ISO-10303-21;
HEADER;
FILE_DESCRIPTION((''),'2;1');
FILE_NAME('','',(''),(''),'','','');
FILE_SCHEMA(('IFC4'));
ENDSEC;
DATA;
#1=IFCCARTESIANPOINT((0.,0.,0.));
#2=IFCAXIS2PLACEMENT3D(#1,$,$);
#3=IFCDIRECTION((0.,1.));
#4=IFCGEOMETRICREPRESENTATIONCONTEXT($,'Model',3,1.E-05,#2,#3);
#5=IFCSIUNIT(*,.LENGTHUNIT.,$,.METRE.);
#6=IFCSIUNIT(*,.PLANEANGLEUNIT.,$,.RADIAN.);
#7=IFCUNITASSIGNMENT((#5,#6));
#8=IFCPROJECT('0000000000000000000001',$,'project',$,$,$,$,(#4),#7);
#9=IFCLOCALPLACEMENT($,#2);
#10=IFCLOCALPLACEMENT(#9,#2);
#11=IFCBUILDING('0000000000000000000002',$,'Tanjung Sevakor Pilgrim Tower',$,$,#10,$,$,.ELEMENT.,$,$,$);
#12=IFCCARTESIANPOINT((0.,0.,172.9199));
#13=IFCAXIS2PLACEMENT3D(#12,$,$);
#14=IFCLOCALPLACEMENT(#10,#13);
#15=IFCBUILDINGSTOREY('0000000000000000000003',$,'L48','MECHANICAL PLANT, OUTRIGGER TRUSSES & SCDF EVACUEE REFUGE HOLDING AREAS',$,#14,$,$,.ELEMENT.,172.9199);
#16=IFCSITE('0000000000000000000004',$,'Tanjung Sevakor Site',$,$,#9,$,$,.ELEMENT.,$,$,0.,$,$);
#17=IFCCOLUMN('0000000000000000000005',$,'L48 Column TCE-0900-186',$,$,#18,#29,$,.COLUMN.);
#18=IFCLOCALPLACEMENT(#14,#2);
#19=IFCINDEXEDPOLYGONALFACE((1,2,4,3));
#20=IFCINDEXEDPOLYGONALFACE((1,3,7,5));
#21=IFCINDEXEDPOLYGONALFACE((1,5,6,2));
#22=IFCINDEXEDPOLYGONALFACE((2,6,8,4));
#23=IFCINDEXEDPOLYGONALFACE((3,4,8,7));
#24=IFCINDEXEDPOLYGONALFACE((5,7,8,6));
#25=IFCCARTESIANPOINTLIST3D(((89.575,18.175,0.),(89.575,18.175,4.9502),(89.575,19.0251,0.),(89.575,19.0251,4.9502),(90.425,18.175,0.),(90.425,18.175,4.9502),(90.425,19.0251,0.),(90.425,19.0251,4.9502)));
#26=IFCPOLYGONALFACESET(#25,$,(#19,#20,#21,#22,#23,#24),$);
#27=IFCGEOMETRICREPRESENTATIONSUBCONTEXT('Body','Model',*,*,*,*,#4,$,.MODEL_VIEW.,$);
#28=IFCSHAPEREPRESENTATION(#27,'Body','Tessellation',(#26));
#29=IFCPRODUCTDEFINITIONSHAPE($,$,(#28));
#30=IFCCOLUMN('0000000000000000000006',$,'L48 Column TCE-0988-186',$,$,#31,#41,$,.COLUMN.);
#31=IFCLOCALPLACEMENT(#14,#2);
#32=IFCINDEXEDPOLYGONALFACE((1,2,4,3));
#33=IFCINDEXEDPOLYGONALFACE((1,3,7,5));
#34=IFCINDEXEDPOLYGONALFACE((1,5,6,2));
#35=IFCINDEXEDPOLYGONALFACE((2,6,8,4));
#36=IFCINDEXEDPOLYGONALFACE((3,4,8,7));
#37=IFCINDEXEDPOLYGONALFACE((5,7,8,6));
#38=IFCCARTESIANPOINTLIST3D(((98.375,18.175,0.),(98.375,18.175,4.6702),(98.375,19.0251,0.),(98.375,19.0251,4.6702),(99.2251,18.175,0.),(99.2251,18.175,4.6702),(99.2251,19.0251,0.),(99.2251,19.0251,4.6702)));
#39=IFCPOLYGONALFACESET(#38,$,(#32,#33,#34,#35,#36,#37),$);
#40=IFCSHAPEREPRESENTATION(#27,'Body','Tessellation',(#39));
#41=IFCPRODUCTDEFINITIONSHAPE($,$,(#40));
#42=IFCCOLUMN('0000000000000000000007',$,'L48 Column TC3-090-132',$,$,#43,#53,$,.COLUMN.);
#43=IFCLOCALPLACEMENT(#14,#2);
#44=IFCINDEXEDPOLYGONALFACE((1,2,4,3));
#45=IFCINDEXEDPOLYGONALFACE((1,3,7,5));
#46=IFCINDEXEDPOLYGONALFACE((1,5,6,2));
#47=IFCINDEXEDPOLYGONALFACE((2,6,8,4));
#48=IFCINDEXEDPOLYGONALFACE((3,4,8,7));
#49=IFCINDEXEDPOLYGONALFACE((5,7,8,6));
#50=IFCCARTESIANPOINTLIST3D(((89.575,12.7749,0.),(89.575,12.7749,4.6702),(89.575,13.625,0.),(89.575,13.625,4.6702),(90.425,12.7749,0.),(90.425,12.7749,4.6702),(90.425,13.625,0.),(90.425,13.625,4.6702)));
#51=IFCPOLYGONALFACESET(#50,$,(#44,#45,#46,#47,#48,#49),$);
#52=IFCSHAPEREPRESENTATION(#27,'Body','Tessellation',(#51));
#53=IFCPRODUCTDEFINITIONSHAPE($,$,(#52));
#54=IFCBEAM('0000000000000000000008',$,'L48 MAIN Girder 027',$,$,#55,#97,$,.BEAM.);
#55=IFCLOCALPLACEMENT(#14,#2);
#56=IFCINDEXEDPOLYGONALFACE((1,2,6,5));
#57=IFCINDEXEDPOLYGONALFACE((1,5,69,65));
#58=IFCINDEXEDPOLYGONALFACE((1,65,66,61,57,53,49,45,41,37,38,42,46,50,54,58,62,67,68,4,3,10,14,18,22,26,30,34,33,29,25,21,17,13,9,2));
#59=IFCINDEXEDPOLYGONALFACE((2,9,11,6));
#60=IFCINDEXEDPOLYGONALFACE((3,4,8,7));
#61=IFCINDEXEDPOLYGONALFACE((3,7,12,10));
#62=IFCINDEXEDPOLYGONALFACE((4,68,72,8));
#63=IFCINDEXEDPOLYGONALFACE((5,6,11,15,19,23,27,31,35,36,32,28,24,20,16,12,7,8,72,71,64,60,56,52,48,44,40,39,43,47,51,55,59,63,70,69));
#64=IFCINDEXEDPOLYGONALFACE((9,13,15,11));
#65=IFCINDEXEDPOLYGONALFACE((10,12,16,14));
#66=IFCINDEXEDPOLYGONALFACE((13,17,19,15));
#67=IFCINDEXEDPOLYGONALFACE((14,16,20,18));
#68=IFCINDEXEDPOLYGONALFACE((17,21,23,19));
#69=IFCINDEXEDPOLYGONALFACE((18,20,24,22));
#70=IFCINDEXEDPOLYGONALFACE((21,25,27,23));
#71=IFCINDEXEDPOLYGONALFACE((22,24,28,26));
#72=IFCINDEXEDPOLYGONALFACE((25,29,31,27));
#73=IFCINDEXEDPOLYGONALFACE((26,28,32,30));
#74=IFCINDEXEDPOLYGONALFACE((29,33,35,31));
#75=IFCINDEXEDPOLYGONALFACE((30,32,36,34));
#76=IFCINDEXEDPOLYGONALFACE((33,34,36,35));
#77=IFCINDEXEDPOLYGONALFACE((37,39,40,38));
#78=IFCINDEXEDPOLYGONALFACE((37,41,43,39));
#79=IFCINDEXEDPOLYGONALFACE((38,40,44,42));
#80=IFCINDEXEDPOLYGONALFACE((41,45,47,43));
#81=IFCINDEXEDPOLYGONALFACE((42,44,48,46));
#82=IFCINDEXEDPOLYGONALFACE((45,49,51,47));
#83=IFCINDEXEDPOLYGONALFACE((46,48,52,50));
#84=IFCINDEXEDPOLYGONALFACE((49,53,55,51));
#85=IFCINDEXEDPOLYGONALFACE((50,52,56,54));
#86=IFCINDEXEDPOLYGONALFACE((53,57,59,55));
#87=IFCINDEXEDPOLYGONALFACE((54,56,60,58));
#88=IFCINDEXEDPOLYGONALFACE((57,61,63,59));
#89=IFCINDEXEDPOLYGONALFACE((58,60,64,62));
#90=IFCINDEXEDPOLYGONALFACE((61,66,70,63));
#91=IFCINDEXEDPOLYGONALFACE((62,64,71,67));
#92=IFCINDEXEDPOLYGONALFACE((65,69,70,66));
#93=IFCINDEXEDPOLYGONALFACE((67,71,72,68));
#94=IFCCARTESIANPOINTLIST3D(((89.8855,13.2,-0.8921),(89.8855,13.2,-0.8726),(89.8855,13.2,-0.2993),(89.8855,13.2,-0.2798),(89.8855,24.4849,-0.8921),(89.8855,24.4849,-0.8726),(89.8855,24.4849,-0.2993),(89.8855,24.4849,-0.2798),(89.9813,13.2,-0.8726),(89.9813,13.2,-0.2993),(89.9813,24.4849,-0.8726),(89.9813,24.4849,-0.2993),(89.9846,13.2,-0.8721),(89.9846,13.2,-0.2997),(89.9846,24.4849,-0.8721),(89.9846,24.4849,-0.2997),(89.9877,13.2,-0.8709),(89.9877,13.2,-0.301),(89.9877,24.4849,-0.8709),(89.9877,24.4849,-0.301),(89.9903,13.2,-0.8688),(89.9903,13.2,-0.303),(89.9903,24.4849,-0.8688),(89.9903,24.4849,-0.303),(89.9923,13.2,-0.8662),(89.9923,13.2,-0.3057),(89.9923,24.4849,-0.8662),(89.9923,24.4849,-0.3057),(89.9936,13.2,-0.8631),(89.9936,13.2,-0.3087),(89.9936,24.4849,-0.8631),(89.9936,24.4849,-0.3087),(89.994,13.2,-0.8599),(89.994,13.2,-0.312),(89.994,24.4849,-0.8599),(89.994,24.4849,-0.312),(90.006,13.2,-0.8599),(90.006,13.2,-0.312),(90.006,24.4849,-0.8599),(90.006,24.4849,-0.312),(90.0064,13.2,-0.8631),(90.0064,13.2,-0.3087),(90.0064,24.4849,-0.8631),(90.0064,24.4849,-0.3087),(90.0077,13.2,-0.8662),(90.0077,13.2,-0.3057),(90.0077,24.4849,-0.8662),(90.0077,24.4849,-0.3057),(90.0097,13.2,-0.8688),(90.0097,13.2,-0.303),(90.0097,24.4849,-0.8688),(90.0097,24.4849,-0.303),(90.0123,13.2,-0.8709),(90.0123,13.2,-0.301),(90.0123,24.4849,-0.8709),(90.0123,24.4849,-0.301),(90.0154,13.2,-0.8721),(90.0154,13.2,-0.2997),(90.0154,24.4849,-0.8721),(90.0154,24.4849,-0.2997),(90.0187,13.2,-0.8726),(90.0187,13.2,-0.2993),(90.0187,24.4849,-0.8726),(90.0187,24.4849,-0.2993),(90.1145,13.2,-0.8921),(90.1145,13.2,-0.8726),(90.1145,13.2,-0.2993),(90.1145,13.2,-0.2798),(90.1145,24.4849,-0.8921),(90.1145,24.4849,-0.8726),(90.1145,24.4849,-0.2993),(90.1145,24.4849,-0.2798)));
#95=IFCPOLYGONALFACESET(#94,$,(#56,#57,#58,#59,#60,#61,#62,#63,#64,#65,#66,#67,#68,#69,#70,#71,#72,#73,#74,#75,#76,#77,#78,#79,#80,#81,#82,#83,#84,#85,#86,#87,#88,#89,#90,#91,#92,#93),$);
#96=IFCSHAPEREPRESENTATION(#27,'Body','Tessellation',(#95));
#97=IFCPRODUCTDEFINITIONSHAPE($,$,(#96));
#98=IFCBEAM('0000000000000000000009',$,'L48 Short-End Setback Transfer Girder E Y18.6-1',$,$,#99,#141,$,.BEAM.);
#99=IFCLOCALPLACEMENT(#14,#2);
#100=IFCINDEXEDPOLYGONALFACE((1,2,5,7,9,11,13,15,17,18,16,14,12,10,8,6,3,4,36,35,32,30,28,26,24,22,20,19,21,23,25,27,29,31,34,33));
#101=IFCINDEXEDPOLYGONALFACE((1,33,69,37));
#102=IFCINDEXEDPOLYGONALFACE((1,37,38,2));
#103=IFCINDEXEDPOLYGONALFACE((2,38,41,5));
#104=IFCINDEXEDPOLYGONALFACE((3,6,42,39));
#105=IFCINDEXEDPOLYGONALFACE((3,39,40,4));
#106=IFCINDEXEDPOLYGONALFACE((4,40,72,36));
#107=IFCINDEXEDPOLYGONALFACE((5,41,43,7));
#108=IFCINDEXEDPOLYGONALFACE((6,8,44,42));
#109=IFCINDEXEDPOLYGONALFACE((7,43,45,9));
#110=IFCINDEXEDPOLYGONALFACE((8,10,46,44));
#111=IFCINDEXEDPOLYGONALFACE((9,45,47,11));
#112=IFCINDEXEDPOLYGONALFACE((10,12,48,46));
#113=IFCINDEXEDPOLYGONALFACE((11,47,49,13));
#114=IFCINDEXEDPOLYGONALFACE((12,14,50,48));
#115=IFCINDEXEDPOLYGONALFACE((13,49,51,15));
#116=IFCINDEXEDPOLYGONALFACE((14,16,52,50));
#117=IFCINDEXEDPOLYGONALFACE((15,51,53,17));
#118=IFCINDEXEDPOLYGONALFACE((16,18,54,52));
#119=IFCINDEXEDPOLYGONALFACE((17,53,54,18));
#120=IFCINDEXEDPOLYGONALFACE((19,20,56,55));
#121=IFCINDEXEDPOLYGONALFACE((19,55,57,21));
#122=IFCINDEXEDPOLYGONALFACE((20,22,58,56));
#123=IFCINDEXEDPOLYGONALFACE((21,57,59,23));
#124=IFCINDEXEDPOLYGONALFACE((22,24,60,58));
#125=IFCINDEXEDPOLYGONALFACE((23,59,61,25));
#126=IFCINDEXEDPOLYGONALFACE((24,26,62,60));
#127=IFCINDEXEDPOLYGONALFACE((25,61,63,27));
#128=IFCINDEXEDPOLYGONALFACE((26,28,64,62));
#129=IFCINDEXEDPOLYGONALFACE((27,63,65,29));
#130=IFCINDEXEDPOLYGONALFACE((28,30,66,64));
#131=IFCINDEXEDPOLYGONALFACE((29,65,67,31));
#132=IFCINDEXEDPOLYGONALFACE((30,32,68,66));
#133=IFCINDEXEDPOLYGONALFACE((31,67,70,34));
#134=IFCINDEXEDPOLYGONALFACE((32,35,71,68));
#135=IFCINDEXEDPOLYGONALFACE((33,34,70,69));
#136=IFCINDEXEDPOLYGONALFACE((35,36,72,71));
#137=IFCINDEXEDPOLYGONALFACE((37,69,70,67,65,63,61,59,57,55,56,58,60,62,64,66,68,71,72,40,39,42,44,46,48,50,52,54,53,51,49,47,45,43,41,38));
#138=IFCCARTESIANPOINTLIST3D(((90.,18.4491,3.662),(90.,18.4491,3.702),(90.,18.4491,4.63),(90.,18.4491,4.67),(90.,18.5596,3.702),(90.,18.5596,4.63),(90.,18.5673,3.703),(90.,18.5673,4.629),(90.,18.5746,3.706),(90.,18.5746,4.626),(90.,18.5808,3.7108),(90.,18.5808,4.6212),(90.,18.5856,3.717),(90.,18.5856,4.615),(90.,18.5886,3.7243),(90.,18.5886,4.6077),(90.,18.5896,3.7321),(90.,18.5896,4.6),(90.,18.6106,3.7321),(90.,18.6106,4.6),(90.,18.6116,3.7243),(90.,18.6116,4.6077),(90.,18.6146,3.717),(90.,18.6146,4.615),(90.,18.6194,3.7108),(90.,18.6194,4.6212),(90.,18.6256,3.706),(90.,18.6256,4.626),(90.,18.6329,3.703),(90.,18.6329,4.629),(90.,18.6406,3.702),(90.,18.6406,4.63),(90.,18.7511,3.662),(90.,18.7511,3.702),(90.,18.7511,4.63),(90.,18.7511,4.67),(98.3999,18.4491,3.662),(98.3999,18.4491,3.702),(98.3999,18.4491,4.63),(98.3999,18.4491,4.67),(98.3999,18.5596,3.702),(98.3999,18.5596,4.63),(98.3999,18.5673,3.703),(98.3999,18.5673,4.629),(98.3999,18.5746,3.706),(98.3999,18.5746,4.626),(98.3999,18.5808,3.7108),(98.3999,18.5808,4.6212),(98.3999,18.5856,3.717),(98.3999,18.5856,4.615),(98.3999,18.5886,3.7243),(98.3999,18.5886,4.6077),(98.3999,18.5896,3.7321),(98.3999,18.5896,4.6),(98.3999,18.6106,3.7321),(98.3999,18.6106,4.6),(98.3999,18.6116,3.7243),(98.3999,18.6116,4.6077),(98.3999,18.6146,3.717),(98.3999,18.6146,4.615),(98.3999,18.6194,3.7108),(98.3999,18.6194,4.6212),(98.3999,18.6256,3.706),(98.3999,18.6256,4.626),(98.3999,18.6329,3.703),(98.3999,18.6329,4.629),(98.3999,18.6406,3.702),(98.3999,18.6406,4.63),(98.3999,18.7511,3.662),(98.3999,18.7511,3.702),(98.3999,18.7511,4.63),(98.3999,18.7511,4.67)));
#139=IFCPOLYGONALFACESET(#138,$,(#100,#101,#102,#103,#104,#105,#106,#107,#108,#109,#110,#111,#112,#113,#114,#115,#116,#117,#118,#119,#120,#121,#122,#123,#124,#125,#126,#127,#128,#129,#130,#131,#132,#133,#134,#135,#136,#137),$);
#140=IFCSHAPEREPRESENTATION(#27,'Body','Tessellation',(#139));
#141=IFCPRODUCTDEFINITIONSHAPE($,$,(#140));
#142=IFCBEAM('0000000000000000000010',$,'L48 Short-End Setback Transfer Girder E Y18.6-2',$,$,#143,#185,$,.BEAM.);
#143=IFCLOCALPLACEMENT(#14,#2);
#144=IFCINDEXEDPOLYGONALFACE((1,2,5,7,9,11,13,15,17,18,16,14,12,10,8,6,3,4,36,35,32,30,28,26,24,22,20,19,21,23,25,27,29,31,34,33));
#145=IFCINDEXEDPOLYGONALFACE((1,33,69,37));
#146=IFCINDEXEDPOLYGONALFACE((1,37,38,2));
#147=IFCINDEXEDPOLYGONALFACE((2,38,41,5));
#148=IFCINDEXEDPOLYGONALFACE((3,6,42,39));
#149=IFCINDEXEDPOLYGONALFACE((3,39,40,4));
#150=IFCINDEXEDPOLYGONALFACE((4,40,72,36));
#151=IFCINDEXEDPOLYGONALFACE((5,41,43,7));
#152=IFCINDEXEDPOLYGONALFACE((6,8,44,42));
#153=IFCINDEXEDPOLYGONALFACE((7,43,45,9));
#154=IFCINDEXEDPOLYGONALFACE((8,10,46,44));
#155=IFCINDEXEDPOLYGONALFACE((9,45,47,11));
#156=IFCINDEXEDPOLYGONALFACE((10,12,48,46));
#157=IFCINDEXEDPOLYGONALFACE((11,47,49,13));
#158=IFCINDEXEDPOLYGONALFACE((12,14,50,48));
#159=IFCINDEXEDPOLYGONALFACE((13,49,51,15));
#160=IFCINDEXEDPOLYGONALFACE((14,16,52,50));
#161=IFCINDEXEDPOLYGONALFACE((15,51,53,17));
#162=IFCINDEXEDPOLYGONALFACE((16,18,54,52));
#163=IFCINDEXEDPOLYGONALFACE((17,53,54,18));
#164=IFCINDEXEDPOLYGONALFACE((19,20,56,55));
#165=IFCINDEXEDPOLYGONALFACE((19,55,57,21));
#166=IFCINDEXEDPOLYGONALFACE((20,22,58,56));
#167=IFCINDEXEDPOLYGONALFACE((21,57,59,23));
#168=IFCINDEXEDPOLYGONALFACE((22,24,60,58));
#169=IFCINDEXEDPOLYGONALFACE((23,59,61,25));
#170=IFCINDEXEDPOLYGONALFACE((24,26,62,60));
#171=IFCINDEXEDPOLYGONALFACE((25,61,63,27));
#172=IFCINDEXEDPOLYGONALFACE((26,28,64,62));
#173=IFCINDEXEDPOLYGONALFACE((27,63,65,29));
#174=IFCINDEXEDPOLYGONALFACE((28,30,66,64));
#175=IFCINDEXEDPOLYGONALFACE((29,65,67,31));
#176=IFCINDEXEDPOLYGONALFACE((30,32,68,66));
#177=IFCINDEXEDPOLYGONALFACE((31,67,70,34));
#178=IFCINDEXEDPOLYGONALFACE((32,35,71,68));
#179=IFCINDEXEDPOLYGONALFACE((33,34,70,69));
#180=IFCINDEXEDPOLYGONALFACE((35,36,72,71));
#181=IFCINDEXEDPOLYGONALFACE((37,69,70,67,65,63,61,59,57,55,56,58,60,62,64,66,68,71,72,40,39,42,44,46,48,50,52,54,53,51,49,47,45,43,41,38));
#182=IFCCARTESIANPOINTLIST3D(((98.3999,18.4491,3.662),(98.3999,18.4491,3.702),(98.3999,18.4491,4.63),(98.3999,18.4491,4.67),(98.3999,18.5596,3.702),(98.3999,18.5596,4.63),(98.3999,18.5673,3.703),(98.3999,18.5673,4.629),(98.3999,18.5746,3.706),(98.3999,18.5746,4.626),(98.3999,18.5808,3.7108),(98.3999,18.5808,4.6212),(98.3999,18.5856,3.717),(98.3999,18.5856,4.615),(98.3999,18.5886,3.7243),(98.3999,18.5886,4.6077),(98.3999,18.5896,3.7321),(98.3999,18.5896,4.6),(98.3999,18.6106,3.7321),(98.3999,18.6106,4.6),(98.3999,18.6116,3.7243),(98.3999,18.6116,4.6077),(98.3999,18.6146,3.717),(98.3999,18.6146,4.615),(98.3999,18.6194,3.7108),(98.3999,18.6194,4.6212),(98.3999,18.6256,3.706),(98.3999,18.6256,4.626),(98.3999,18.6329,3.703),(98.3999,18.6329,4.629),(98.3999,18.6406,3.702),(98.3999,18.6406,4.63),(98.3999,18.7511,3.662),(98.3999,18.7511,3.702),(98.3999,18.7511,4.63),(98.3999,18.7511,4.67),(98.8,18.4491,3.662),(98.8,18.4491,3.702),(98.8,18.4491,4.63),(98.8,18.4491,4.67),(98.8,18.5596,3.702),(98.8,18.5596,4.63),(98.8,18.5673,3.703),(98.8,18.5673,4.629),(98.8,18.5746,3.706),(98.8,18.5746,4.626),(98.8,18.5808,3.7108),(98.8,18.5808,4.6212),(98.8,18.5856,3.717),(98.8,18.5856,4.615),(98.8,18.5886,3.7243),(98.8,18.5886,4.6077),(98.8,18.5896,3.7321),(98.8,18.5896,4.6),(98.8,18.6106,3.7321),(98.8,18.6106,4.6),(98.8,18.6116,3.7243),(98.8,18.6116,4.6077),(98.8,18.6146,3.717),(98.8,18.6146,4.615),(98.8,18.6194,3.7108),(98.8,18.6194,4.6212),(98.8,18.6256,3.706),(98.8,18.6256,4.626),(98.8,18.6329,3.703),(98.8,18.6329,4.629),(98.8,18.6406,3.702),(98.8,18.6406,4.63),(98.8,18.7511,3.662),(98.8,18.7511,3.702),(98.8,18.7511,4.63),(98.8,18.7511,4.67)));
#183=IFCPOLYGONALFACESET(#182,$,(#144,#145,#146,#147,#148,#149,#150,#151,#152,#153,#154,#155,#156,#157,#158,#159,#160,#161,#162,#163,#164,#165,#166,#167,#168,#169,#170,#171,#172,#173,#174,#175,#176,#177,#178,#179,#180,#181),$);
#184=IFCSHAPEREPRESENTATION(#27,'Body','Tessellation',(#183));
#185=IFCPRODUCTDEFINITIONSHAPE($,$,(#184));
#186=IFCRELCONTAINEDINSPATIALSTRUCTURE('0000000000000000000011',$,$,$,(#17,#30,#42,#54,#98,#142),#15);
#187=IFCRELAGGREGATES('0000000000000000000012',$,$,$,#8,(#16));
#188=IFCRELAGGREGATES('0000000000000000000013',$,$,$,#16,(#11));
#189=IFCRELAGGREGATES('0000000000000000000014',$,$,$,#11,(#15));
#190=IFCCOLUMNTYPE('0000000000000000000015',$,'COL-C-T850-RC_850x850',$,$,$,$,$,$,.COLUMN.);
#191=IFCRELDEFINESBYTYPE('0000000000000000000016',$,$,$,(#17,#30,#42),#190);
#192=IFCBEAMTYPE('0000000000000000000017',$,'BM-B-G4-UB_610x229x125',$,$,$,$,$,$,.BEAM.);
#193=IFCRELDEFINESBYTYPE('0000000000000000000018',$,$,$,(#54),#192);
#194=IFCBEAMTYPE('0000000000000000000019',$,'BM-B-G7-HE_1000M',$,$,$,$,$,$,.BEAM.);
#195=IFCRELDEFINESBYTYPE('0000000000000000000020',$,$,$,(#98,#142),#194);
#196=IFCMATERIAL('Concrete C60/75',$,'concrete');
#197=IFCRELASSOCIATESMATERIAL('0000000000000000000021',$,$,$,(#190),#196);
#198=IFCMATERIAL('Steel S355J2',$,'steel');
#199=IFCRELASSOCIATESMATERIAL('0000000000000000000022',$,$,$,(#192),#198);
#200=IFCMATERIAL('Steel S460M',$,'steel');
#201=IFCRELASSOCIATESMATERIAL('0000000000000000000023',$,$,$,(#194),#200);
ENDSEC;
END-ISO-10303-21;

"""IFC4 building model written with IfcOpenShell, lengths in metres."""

from ifc_helpers import new_model, si_unit, direction, frame, origin, origin_2d, place, context, subcontext, project, spatial, rectangle, i_section, extrude, material, material_profile, profile_set, type_object, element, save


model = new_model("IFC4")

# Units and contexts
model_context = context("Model", 3, precision=1e-05, world=origin(), true_north=direction((0.0, 1.0)))
body_context = subcontext(model_context, "Body", "Model", "MODEL_VIEW")
ifc_project = project(units=[si_unit("LENGTHUNIT", "METRE"), si_unit("PLANEANGLEUNIT", "RADIAN")], contexts=[model_context])

# Site, building, storey
site_placement = place(None, origin())
site = spatial("IfcSite", under=ifc_project, at=site_placement, Name="Tanjung Sevakor Site", CompositionType="ELEMENT", RefElevation=0.0)
building_placement = place(site_placement, origin())
building = spatial("IfcBuilding", under=site, at=building_placement, Name="Tanjung Sevakor Pilgrim Tower", CompositionType="ELEMENT")
storey_placement = place(building_placement, frame((0.0, 0.0, 172.9199)))
storey = spatial("IfcBuildingStorey", under=building, at=storey_placement, Name="L48", Description="MECHANICAL PLANT, OUTRIGGER TRUSSES & SCDF EVACUEE REFUGE HOLDING AREAS", CompositionType="ELEMENT", Elevation=172.9199)

# Columns
ifc_material_1 = material(Name="Concrete C60/75", Category="concrete")
ifc_material_profile_1 = material_profile(ifc_material_1, rectangle(XDim=0.8501, YDim=0.8501, at=origin_2d()))
ifc_profile_set_1 = profile_set([ifc_material_profile_1], Name="Concrete C60/75")
column_type = type_object("IfcColumnType", Name="COL-C-T850-RC_850x850", PredefinedType="COLUMN", material=ifc_profile_set_1)
column_placement = place(storey_placement, frame((90.0, 18.6001, 0.0), z_axis=(0.0, 0.0, 1.0), x_axis=(1.0, 0.0, 0.0)))
element("IfcColumn", 1, at=column_placement, inside=storey, type_object=column_type, Name="L48 Column TCE-0900-186", PredefinedType="COLUMN", context=body_context, shape_type="SweptSolid", body=[
    extrude(rectangle(XDim=0.8501, YDim=0.8501, at=origin_2d()), origin(), (0.0, 0.0, 1.0), 4.9502),
])
for number, where, z_axis, x_axis, name in (
    (2, (98.8, 18.6001, 0.0), (0.0, 0.0, 1.0), (1.0, 0.0, 0.0), "L48 Column TCE-0988-186"),
    (3, (90.0, 13.2, 0.0), (0.0, 0.0, 1.0), (1.0, 0.0, 0.0), "L48 Column TC3-090-132"),
):
    element("IfcColumn", number, at=place(storey_placement, frame(where, z_axis=z_axis, x_axis=x_axis)), inside=storey, type_object=column_type, Name=name, PredefinedType="COLUMN", context=body_context, shape_type="SweptSolid", body=[
        extrude(rectangle(XDim=0.8501, YDim=0.8501, at=origin_2d()), origin(), (0.0, 0.0, 1.0), 4.6702),
    ])

# Beams
ifc_material_2 = material(Name="Steel S355J2", Category="steel")
ifc_material_profile_2 = material_profile(ifc_material_2, i_section(OverallWidth=0.229, OverallDepth=0.6123, WebThickness=0.012, FlangeThickness=0.0195, FilletRadius=0.0127, at=origin_2d()))
ifc_profile_set_2 = profile_set([ifc_material_profile_2], Name="Steel S355J2")
beam_type_1 = type_object("IfcBeamType", Name="BM-B-G4-UB_610x229x125", PredefinedType="BEAM", material=ifc_profile_set_2)
beam_1_placement = place(storey_placement, frame((90.0, 13.2, -0.5859), z_axis=(0.0, 1.0, 0.0), x_axis=(-1.0, 0.0, 0.0)))
element("IfcBeam", 4, at=beam_1_placement, inside=storey, type_object=beam_type_1, Name="L48 MAIN Girder 027", PredefinedType="BEAM", context=body_context, shape_type="SweptSolid", body=[
    extrude(i_section(OverallWidth=0.229, OverallDepth=0.6123, WebThickness=0.012, FlangeThickness=0.0195, FilletRadius=0.0127, at=origin_2d()), origin(), (0.0, 0.0, 1.0), 11.2849),
])
ifc_material_3 = material(Name="Steel S460M", Category="steel")
ifc_material_profile_3 = material_profile(ifc_material_3, i_section(OverallWidth=0.302, OverallDepth=1.0081, WebThickness=0.021, FlangeThickness=0.04, FilletRadius=0.03, at=origin_2d()))
ifc_profile_set_3 = profile_set([ifc_material_profile_3], Name="Steel S460M")
beam_type_2 = type_object("IfcBeamType", Name="BM-B-G7-HE_1000M", PredefinedType="BEAM", material=ifc_profile_set_3)
beam_2_placement = place(storey_placement, frame((90.0, 18.6001, 4.166), z_axis=(1.0, 0.0, 0.0), x_axis=(0.0, 1.0, 0.0)))
element("IfcBeam", 5, at=beam_2_placement, inside=storey, type_object=beam_type_2, Name="L48 Short-End Setback Transfer Girder E Y18.6-1", PredefinedType="BEAM", context=body_context, shape_type="SweptSolid", body=[
    extrude(i_section(OverallWidth=0.302, OverallDepth=1.0081, WebThickness=0.021, FlangeThickness=0.04, FilletRadius=0.03, at=origin_2d()), origin(), (0.0, 0.0, 1.0), 8.3999),
])
beam_3_placement = place(storey_placement, frame((98.3999, 18.6001, 4.166), z_axis=(1.0, 0.0, 0.0), x_axis=(0.0, 1.0, 0.0)))
element("IfcBeam", 6, at=beam_3_placement, inside=storey, type_object=beam_type_2, Name="L48 Short-End Setback Transfer Girder E Y18.6-2", PredefinedType="BEAM", context=body_context, shape_type="SweptSolid", body=[
    extrude(i_section(OverallWidth=0.302, OverallDepth=1.0081, WebThickness=0.021, FlangeThickness=0.04, FilletRadius=0.03, at=origin_2d()), origin(), (0.0, 0.0, 1.0), 0.4001),
])

save(model, "model.ifc")
